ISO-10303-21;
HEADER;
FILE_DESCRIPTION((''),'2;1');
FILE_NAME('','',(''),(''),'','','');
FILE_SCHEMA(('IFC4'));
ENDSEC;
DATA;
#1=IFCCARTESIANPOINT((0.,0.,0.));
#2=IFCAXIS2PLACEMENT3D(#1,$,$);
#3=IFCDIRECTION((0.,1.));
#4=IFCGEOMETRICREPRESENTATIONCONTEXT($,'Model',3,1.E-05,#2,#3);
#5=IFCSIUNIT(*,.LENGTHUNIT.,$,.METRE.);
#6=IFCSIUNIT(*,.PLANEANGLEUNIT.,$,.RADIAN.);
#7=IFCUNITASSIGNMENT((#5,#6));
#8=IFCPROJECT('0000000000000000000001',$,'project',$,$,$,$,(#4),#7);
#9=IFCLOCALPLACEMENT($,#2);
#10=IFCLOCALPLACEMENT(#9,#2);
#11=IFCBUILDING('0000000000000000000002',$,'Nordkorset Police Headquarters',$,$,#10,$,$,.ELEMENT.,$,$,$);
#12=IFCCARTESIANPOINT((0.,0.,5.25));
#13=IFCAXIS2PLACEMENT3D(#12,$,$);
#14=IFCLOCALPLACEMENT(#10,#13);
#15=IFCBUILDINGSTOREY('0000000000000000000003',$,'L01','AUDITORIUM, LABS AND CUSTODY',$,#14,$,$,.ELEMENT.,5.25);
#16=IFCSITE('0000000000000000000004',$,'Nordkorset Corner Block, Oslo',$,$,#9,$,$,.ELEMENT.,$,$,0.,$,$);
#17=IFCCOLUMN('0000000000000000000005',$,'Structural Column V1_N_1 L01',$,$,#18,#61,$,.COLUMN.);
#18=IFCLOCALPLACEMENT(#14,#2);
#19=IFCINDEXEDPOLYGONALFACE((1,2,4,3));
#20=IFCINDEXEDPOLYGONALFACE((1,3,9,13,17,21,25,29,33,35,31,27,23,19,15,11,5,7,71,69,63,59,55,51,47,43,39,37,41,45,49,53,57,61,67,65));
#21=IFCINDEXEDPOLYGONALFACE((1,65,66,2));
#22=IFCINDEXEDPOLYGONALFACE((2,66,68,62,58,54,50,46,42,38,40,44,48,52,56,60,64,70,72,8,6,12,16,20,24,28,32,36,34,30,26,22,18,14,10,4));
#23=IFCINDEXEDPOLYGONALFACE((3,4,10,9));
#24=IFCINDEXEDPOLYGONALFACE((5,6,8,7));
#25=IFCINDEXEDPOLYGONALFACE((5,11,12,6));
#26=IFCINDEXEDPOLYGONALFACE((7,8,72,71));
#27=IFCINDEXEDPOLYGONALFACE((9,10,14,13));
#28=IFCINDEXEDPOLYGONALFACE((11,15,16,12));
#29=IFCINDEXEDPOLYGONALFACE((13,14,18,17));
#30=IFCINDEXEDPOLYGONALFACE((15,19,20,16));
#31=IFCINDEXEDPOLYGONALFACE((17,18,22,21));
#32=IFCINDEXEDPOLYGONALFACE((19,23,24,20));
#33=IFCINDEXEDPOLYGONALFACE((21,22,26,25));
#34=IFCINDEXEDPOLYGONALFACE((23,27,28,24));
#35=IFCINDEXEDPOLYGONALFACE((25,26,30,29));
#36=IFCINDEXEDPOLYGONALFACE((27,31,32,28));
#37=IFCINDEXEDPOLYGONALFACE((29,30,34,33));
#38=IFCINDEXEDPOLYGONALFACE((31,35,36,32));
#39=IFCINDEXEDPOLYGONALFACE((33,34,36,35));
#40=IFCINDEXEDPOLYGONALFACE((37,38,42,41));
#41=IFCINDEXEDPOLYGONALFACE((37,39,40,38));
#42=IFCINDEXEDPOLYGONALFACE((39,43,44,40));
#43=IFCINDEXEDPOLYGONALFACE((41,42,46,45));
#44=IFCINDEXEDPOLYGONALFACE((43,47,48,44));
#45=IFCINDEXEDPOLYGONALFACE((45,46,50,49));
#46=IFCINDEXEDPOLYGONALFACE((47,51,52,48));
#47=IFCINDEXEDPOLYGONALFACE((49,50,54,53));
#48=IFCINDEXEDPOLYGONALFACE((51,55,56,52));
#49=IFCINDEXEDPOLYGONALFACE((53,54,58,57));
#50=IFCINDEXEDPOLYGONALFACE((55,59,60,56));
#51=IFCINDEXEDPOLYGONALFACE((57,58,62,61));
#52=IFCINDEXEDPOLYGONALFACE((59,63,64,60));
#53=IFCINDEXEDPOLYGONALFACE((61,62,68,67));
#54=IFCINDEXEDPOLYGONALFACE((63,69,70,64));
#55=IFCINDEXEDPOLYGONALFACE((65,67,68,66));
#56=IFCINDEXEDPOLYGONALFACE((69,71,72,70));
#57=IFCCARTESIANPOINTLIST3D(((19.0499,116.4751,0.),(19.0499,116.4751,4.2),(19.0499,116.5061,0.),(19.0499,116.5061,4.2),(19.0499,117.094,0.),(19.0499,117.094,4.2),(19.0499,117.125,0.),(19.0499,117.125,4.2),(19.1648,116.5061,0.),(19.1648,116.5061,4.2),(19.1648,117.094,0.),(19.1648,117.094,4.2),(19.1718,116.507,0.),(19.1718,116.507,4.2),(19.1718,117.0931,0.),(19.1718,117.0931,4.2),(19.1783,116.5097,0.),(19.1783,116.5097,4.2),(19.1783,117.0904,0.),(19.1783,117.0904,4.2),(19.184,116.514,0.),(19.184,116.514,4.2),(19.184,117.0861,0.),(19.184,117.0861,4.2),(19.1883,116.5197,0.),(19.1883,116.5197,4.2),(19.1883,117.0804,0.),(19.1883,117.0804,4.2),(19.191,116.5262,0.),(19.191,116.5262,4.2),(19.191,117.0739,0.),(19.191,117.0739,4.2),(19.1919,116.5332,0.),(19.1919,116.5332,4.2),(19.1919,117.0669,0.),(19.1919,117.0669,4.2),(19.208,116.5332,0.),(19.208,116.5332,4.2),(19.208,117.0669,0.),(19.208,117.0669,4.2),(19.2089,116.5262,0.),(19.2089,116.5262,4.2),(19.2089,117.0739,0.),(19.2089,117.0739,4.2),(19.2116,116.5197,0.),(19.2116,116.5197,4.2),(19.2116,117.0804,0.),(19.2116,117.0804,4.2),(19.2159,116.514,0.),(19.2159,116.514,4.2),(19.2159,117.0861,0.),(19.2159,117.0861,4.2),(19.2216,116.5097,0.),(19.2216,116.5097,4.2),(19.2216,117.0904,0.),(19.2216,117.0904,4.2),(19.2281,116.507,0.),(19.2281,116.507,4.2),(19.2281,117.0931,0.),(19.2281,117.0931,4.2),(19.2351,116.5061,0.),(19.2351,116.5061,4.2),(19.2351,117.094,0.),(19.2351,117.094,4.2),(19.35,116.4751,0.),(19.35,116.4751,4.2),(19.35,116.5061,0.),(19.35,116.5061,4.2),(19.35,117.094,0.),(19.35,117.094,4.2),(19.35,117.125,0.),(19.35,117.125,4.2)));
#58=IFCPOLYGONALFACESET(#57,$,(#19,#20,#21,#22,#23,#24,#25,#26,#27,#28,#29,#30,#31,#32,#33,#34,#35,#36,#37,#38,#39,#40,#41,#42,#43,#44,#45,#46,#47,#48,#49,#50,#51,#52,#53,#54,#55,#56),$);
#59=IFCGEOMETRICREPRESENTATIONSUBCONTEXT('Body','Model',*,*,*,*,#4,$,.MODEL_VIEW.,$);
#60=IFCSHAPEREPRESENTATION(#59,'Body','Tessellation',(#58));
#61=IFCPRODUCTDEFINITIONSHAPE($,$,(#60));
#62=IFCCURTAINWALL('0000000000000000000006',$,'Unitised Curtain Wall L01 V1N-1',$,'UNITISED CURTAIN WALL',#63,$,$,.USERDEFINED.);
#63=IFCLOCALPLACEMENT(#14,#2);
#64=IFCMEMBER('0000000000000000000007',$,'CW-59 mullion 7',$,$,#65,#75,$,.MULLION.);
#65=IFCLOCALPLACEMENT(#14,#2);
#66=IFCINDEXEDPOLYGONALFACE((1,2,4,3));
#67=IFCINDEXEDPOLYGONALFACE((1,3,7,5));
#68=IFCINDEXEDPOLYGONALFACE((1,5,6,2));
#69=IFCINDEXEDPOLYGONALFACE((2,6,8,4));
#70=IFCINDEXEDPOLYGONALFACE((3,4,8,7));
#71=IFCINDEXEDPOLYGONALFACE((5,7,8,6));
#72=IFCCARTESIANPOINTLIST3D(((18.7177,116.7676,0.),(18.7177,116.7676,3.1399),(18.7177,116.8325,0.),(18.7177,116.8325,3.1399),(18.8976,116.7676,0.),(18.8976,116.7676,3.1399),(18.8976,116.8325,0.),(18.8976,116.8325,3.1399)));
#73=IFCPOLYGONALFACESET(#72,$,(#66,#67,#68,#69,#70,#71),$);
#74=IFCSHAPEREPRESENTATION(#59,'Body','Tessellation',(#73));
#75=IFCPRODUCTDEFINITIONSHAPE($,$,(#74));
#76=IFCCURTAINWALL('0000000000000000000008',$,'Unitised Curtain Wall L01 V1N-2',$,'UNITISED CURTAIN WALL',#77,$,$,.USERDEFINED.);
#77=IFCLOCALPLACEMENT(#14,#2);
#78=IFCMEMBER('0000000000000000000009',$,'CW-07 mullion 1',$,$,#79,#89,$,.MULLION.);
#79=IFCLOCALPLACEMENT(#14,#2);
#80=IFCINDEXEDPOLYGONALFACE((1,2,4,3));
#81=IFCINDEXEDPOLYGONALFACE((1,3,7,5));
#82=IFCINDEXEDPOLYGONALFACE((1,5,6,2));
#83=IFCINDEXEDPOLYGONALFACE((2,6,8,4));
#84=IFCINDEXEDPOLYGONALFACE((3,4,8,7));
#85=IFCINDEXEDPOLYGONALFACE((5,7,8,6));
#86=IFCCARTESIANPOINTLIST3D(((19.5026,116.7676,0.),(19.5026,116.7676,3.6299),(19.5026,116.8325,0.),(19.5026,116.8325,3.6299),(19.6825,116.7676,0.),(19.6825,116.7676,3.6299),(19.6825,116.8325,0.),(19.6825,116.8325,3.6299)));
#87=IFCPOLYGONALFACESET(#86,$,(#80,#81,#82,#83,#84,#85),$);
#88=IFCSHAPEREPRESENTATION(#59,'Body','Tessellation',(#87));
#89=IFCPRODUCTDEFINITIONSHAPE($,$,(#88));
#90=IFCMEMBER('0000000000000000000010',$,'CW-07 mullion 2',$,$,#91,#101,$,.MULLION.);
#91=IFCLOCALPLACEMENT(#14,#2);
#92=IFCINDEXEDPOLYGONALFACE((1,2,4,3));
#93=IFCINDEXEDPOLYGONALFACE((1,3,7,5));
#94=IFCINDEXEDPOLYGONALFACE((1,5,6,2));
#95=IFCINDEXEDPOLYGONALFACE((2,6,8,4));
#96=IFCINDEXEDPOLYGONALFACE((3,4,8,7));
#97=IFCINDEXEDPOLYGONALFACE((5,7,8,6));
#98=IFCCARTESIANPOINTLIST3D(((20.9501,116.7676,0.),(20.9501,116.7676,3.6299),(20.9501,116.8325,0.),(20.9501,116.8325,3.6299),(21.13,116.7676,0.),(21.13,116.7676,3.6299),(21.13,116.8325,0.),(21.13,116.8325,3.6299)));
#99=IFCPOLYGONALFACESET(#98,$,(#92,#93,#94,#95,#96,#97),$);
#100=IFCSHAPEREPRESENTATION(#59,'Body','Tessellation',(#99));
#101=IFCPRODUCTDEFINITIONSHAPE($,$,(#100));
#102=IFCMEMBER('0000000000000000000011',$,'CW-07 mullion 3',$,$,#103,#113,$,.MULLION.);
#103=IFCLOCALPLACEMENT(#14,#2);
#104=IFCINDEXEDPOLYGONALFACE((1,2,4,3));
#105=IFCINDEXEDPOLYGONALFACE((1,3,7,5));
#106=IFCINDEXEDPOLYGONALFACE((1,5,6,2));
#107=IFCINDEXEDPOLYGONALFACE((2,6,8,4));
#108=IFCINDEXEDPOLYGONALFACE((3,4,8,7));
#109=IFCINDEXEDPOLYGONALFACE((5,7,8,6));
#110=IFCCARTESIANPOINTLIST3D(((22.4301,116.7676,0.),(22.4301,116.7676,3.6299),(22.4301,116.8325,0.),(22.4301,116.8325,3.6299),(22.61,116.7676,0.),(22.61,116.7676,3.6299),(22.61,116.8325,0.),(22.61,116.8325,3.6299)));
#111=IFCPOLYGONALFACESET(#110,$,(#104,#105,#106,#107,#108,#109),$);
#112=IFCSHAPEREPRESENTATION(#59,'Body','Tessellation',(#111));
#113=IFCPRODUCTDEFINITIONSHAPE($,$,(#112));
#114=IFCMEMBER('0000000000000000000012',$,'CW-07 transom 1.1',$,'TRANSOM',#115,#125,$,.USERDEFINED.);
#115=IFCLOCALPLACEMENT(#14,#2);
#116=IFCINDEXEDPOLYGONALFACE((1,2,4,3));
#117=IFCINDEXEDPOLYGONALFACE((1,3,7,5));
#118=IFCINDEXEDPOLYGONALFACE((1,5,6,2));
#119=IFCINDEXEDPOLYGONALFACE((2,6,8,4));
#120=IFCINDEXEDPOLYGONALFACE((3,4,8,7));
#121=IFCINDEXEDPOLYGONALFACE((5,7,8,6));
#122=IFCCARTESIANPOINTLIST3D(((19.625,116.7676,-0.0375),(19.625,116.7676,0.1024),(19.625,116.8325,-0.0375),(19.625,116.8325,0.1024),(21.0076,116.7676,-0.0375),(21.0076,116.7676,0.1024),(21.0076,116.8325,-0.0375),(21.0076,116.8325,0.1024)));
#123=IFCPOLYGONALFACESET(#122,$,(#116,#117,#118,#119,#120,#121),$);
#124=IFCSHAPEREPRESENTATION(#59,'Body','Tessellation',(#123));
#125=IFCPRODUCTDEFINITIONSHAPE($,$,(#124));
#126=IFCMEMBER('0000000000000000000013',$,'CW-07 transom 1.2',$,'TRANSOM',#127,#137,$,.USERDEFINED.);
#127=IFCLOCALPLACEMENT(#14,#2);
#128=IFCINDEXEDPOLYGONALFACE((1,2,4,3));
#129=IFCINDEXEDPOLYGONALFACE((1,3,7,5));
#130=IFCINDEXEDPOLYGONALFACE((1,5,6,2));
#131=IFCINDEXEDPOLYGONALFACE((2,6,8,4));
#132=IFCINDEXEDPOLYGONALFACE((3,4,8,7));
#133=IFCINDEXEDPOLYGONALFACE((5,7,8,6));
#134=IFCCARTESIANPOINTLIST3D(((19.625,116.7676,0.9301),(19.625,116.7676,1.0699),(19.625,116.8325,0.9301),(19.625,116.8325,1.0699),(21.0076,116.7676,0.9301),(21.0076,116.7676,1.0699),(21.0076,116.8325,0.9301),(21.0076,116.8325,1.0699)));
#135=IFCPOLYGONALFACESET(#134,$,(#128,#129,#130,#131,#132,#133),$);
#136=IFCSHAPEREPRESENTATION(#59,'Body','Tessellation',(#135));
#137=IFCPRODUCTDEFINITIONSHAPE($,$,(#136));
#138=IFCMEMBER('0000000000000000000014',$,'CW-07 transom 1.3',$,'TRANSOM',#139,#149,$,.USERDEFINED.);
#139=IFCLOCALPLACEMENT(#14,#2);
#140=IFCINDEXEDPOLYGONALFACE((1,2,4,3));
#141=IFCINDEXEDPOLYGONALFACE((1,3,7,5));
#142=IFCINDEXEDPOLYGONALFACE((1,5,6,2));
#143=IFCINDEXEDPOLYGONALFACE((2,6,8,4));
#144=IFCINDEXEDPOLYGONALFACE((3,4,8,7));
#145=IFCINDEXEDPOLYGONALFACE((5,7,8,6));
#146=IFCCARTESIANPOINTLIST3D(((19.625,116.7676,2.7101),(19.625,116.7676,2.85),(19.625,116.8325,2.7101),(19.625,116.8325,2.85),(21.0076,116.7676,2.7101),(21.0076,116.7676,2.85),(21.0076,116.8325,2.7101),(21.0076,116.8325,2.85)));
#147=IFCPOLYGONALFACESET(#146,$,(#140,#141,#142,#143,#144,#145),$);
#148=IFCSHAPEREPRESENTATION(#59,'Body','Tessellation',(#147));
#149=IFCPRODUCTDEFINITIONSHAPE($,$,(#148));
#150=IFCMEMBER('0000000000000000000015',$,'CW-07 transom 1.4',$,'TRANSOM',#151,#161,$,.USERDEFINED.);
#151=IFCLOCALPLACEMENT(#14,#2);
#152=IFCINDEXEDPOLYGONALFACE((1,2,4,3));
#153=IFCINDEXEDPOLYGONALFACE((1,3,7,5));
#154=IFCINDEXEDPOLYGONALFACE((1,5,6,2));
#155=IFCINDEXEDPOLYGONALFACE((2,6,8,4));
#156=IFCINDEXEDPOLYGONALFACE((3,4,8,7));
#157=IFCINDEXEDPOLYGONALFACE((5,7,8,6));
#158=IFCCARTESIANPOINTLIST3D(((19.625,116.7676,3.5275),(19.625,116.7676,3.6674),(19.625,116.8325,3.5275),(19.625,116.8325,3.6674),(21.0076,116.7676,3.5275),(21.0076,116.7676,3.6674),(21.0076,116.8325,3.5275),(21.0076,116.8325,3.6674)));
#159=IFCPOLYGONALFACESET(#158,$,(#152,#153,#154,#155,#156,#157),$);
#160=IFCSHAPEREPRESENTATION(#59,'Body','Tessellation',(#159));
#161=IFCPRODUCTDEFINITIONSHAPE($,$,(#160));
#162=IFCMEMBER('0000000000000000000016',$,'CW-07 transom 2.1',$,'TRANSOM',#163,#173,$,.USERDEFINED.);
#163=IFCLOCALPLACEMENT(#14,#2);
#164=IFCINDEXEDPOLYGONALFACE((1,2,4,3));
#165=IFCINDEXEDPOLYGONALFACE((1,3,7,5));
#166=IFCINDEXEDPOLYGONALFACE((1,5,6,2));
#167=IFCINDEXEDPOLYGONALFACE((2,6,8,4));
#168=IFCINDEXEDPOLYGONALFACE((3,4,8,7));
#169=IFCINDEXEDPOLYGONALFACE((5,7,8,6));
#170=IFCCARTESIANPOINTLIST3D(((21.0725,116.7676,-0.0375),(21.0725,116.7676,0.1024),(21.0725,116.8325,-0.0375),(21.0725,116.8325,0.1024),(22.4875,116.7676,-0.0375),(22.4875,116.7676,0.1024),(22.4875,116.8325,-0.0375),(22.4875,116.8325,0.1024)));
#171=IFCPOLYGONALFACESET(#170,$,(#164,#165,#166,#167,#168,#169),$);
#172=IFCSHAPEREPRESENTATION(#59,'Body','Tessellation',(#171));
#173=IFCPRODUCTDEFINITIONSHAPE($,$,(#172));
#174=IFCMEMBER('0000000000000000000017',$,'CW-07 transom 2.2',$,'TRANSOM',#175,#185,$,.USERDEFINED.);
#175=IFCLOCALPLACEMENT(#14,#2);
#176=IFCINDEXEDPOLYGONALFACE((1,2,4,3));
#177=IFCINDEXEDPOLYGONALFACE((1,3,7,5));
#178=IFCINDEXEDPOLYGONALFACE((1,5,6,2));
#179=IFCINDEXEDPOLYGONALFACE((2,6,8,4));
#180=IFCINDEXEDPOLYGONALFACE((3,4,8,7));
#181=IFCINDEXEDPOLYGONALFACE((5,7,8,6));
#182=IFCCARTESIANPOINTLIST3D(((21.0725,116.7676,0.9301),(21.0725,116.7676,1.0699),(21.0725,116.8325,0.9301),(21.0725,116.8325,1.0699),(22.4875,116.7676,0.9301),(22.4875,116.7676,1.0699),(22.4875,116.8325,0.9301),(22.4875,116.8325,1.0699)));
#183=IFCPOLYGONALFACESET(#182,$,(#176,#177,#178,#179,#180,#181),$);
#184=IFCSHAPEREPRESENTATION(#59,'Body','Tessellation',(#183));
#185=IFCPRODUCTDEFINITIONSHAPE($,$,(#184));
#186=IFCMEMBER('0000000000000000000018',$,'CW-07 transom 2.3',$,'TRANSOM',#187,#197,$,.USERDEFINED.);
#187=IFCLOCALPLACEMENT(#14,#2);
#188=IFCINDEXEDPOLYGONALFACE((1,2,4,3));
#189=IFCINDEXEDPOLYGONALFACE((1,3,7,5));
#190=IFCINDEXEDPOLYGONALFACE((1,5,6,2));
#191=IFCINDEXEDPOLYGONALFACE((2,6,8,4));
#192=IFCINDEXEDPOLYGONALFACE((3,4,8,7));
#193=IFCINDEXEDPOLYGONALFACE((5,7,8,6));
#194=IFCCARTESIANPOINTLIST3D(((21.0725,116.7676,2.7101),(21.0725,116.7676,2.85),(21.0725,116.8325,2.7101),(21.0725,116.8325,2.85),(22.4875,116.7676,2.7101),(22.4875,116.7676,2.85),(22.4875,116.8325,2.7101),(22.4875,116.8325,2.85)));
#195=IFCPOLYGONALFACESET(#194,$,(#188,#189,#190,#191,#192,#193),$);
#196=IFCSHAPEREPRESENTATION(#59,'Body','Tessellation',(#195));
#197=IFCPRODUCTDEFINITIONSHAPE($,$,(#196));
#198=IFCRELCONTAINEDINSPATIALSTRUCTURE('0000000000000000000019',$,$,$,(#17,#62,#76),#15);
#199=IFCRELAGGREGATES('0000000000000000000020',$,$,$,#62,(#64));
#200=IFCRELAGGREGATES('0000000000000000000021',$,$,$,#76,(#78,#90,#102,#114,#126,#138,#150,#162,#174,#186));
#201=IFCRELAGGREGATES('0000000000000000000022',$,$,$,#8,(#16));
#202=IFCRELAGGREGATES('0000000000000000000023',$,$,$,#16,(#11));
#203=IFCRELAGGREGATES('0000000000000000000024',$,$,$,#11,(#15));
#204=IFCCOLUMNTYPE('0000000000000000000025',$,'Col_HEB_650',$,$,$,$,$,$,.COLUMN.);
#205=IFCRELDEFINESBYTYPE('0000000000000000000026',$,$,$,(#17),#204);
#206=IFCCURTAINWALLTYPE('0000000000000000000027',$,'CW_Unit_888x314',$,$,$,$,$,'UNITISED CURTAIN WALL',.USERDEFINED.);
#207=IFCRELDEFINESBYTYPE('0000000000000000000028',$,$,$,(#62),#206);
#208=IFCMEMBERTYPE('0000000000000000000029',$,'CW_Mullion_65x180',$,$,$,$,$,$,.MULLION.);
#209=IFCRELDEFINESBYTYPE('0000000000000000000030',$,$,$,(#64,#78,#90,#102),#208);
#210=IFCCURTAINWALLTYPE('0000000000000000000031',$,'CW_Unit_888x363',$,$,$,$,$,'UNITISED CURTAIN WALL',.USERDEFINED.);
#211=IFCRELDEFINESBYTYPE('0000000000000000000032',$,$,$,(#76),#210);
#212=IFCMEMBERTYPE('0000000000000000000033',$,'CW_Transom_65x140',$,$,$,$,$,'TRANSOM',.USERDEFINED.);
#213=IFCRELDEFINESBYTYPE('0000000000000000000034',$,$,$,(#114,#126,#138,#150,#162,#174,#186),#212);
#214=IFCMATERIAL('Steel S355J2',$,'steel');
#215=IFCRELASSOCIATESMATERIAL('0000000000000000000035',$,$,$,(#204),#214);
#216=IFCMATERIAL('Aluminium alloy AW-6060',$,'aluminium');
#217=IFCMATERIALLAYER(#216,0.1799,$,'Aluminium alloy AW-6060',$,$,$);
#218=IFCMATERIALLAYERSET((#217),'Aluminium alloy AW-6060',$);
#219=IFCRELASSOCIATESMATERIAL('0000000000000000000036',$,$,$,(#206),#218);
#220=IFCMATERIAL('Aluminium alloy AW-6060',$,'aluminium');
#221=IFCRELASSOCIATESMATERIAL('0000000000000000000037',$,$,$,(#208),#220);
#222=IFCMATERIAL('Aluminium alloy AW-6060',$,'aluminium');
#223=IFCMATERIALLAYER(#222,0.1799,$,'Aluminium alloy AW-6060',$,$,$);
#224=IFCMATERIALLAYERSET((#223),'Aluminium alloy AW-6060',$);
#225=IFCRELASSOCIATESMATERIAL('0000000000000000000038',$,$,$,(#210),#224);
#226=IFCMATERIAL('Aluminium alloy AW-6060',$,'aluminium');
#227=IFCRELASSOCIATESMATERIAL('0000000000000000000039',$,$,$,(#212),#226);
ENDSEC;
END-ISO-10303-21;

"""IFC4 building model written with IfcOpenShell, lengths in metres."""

from ifc_helpers import new_model, si_unit, direction, frame, origin, origin_2d, place, context, subcontext, project, spatial, rectangle, i_section, extrude, material, layer, layer_set, material_profile, profile_set, type_object, element, aggregate, save


model = new_model("IFC4")

# Units and contexts
model_context = context("Model", 3, precision=1e-05, world=origin(), true_north=direction((0.0, 1.0)))
body_context = subcontext(model_context, "Body", "Model", "MODEL_VIEW")
ifc_project = project(units=[si_unit("LENGTHUNIT", "METRE"), si_unit("PLANEANGLEUNIT", "RADIAN")], contexts=[model_context])

# Site, building, storey
site_placement = place(None, origin())
site = spatial("IfcSite", under=ifc_project, at=site_placement, Name="Nordkorset Corner Block, Oslo", CompositionType="ELEMENT", RefElevation=0.0)
building_placement = place(site_placement, origin())
building = spatial("IfcBuilding", under=site, at=building_placement, Name="Nordkorset Police Headquarters", CompositionType="ELEMENT")
storey_placement = place(building_placement, frame((0.0, 0.0, 5.25)))
storey = spatial("IfcBuildingStorey", under=building, at=storey_placement, Name="L01", Description="AUDITORIUM, LABS AND CUSTODY", CompositionType="ELEMENT", Elevation=5.25)

# Column
ifc_material_1 = material(Name="Steel S355J2", Category="steel")
ifc_material_profile_1 = material_profile(ifc_material_1, i_section(OverallWidth=0.3, OverallDepth=0.6499, WebThickness=0.0161, FlangeThickness=0.031, FilletRadius=0.0271, at=origin_2d()), Name="HEB 650")
ifc_profile_set_1 = profile_set([ifc_material_profile_1], Name="Steel S355J2")
column_type = type_object("IfcColumnType", Name="Col_HEB_650", PredefinedType="COLUMN", material=ifc_profile_set_1)
column_placement = place(storey_placement, frame((19.2, 116.8, 0.0), z_axis=(0.0, 0.0, 1.0), x_axis=(1.0, 0.0, 0.0)))
element("IfcColumn", 1, at=column_placement, inside=storey, type_object=column_type, Name="Structural Column V1_N_1 L01", PredefinedType="COLUMN", context=body_context, shape_type="SweptSolid", body=[
    extrude(i_section(OverallWidth=0.3, OverallDepth=0.6499, WebThickness=0.0161, FlangeThickness=0.031, FilletRadius=0.0271, at=origin_2d()), origin(), (0.0, 0.0, 1.0), 4.2),
])

# Curtain wall, member
ifc_material_2 = material(Name="Aluminium alloy AW-6060", Category="aluminium")
ifc_layer_1 = layer(ifc_material_2, 0.1799, Name="Aluminium alloy AW-6060")
ifc_layer_set_1 = layer_set([ifc_layer_1], Name="Aluminium alloy AW-6060")
curtain_wall_type_1 = type_object("IfcCurtainWallType", Name="CW_Unit_888x314", ElementType="UNITISED CURTAIN WALL", PredefinedType="USERDEFINED", material=ifc_layer_set_1)
curtain_wall_1_placement = place(storey_placement, origin())
curtain_wall_1 = element("IfcCurtainWall", 2, at=curtain_wall_1_placement, inside=storey, type_object=curtain_wall_type_1, Name="Unitised Curtain Wall L01 V1N-1", ObjectType="UNITISED CURTAIN WALL", PredefinedType="USERDEFINED")
ifc_material_3 = material(Name="Aluminium alloy AW-6060", Category="aluminium")
ifc_material_profile_2 = material_profile(ifc_material_3, rectangle(XDim=0.0649, YDim=0.1799, at=origin_2d()), Name="ALU MULL 65x180")
ifc_profile_set_2 = profile_set([ifc_material_profile_2], Name="Aluminium alloy AW-6060")
member_type_1 = type_object("IfcMemberType", Name="CW_Mullion_65x180", PredefinedType="MULLION", material=ifc_profile_set_2)
member_1_placement = place(storey_placement, frame((18.8076, 116.8, 0.0), z_axis=(0.0, 0.0, 1.0), x_axis=(0.0, 1.0, 0.0)))
member_1 = element("IfcMember", 3, at=member_1_placement, type_object=member_type_1, Name="CW-59 mullion 7", PredefinedType="MULLION", context=body_context, shape_type="SweptSolid", body=[
    extrude(rectangle(XDim=0.0649, YDim=0.1799, at=origin_2d()), origin(), (0.0, 0.0, 1.0), 3.1399),
])

# Curtain wall, members
ifc_material_4 = material(Name="Aluminium alloy AW-6060", Category="aluminium")
ifc_layer_2 = layer(ifc_material_4, 0.1799, Name="Aluminium alloy AW-6060")
ifc_layer_set_2 = layer_set([ifc_layer_2], Name="Aluminium alloy AW-6060")
curtain_wall_type_2 = type_object("IfcCurtainWallType", Name="CW_Unit_888x363", ElementType="UNITISED CURTAIN WALL", PredefinedType="USERDEFINED", material=ifc_layer_set_2)
curtain_wall_2_placement = place(storey_placement, origin())
curtain_wall_2 = element("IfcCurtainWall", 4, at=curtain_wall_2_placement, inside=storey, type_object=curtain_wall_type_2, Name="Unitised Curtain Wall L01 V1N-2", ObjectType="UNITISED CURTAIN WALL", PredefinedType="USERDEFINED")
member_2_placement = place(storey_placement, frame((19.5925, 116.8, 0.0), z_axis=(0.0, 0.0, 1.0), x_axis=(0.0, 1.0, 0.0)))
member_2 = element("IfcMember", 5, at=member_2_placement, type_object=member_type_1, Name="CW-07 mullion 1", PredefinedType="MULLION", context=body_context, shape_type="SweptSolid", body=[
    extrude(rectangle(XDim=0.0649, YDim=0.1799, at=origin_2d()), origin(), (0.0, 0.0, 1.0), 3.6299),
])
member_3_placement = place(storey_placement, frame((21.04, 116.8, 0.0), z_axis=(0.0, 0.0, 1.0), x_axis=(0.0, 1.0, 0.0)))
member_3 = element("IfcMember", 6, at=member_3_placement, type_object=member_type_1, Name="CW-07 mullion 2", PredefinedType="MULLION", context=body_context, shape_type="SweptSolid", body=[
    extrude(rectangle(XDim=0.0649, YDim=0.1799, at=origin_2d()), origin(), (0.0, 0.0, 1.0), 3.6299),
])
member_4_placement = place(storey_placement, frame((22.52, 116.8, 0.0), z_axis=(0.0, 0.0, 1.0), x_axis=(0.0, 1.0, 0.0)))
member_4 = element("IfcMember", 7, at=member_4_placement, type_object=member_type_1, Name="CW-07 mullion 3", PredefinedType="MULLION", context=body_context, shape_type="SweptSolid", body=[
    extrude(rectangle(XDim=0.0649, YDim=0.1799, at=origin_2d()), origin(), (0.0, 0.0, 1.0), 3.6299),
])
ifc_material_5 = material(Name="Aluminium alloy AW-6060", Category="aluminium")
ifc_material_profile_3 = material_profile(ifc_material_5, rectangle(XDim=0.0649, YDim=0.1399, at=origin_2d()), Name="ALU TRAN 65x140")
ifc_profile_set_3 = profile_set([ifc_material_profile_3], Name="Aluminium alloy AW-6060")
member_type_2 = type_object("IfcMemberType", Name="CW_Transom_65x140", ElementType="TRANSOM", PredefinedType="USERDEFINED", material=ifc_profile_set_3)
member_5_placement = place(storey_placement, frame((19.625, 116.8, 0.0325), z_axis=(1.0, 0.0, 0.0), x_axis=(0.0, 1.0, 0.0)))
member_5 = element("IfcMember", 8, at=member_5_placement, type_object=member_type_2, Name="CW-07 transom 1.1", ObjectType="TRANSOM", PredefinedType="USERDEFINED", context=body_context, shape_type="SweptSolid", body=[
    extrude(rectangle(XDim=0.0649, YDim=0.1399, at=origin_2d()), origin(), (0.0, 0.0, 1.0), 1.3826),
])
member_6_placement = place(storey_placement, frame((19.625, 116.8, 1.0), z_axis=(1.0, 0.0, 0.0), x_axis=(0.0, 1.0, 0.0)))
member_6 = element("IfcMember", 9, at=member_6_placement, type_object=member_type_2, Name="CW-07 transom 1.2", ObjectType="TRANSOM", PredefinedType="USERDEFINED", context=body_context, shape_type="SweptSolid", body=[
    extrude(rectangle(XDim=0.0649, YDim=0.1399, at=origin_2d()), origin(), (0.0, 0.0, 1.0), 1.3826),
])
member_7_placement = place(storey_placement, frame((19.625, 116.8, 2.78), z_axis=(1.0, 0.0, 0.0), x_axis=(0.0, 1.0, 0.0)))
member_7 = element("IfcMember", 10, at=member_7_placement, type_object=member_type_2, Name="CW-07 transom 1.3", ObjectType="TRANSOM", PredefinedType="USERDEFINED", context=body_context, shape_type="SweptSolid", body=[
    extrude(rectangle(XDim=0.0649, YDim=0.1399, at=origin_2d()), origin(), (0.0, 0.0, 1.0), 1.3826),
])
member_8_placement = place(storey_placement, frame((19.625, 116.8, 3.5974), z_axis=(1.0, 0.0, 0.0), x_axis=(0.0, 1.0, 0.0)))
member_8 = element("IfcMember", 11, at=member_8_placement, type_object=member_type_2, Name="CW-07 transom 1.4", ObjectType="TRANSOM", PredefinedType="USERDEFINED", context=body_context, shape_type="SweptSolid", body=[
    extrude(rectangle(XDim=0.0649, YDim=0.1399, at=origin_2d()), origin(), (0.0, 0.0, 1.0), 1.3826),
])
member_9_placement = place(storey_placement, frame((21.0725, 116.8, 0.0325), z_axis=(1.0, 0.0, 0.0), x_axis=(0.0, 1.0, 0.0)))
member_9 = element("IfcMember", 12, at=member_9_placement, type_object=member_type_2, Name="CW-07 transom 2.1", ObjectType="TRANSOM", PredefinedType="USERDEFINED", context=body_context, shape_type="SweptSolid", body=[
    extrude(rectangle(XDim=0.0649, YDim=0.1399, at=origin_2d()), origin(), (0.0, 0.0, 1.0), 1.415),
])
member_10_placement = place(storey_placement, frame((21.0725, 116.8, 1.0), z_axis=(1.0, 0.0, 0.0), x_axis=(0.0, 1.0, 0.0)))
member_10 = element("IfcMember", 13, at=member_10_placement, type_object=member_type_2, Name="CW-07 transom 2.2", ObjectType="TRANSOM", PredefinedType="USERDEFINED", context=body_context, shape_type="SweptSolid", body=[
    extrude(rectangle(XDim=0.0649, YDim=0.1399, at=origin_2d()), origin(), (0.0, 0.0, 1.0), 1.415),
])
member_11_placement = place(storey_placement, frame((21.0725, 116.8, 2.78), z_axis=(1.0, 0.0, 0.0), x_axis=(0.0, 1.0, 0.0)))
member_11 = element("IfcMember", 14, at=member_11_placement, type_object=member_type_2, Name="CW-07 transom 2.3", ObjectType="TRANSOM", PredefinedType="USERDEFINED", context=body_context, shape_type="SweptSolid", body=[
    extrude(rectangle(XDim=0.0649, YDim=0.1399, at=origin_2d()), origin(), (0.0, 0.0, 1.0), 1.415),
])

aggregate(curtain_wall_1, [member_1])
aggregate(curtain_wall_2, [member_2, member_3, member_4, member_5, member_6, member_7, member_8, member_9, member_10, member_11])

save(model, "model.ifc")
